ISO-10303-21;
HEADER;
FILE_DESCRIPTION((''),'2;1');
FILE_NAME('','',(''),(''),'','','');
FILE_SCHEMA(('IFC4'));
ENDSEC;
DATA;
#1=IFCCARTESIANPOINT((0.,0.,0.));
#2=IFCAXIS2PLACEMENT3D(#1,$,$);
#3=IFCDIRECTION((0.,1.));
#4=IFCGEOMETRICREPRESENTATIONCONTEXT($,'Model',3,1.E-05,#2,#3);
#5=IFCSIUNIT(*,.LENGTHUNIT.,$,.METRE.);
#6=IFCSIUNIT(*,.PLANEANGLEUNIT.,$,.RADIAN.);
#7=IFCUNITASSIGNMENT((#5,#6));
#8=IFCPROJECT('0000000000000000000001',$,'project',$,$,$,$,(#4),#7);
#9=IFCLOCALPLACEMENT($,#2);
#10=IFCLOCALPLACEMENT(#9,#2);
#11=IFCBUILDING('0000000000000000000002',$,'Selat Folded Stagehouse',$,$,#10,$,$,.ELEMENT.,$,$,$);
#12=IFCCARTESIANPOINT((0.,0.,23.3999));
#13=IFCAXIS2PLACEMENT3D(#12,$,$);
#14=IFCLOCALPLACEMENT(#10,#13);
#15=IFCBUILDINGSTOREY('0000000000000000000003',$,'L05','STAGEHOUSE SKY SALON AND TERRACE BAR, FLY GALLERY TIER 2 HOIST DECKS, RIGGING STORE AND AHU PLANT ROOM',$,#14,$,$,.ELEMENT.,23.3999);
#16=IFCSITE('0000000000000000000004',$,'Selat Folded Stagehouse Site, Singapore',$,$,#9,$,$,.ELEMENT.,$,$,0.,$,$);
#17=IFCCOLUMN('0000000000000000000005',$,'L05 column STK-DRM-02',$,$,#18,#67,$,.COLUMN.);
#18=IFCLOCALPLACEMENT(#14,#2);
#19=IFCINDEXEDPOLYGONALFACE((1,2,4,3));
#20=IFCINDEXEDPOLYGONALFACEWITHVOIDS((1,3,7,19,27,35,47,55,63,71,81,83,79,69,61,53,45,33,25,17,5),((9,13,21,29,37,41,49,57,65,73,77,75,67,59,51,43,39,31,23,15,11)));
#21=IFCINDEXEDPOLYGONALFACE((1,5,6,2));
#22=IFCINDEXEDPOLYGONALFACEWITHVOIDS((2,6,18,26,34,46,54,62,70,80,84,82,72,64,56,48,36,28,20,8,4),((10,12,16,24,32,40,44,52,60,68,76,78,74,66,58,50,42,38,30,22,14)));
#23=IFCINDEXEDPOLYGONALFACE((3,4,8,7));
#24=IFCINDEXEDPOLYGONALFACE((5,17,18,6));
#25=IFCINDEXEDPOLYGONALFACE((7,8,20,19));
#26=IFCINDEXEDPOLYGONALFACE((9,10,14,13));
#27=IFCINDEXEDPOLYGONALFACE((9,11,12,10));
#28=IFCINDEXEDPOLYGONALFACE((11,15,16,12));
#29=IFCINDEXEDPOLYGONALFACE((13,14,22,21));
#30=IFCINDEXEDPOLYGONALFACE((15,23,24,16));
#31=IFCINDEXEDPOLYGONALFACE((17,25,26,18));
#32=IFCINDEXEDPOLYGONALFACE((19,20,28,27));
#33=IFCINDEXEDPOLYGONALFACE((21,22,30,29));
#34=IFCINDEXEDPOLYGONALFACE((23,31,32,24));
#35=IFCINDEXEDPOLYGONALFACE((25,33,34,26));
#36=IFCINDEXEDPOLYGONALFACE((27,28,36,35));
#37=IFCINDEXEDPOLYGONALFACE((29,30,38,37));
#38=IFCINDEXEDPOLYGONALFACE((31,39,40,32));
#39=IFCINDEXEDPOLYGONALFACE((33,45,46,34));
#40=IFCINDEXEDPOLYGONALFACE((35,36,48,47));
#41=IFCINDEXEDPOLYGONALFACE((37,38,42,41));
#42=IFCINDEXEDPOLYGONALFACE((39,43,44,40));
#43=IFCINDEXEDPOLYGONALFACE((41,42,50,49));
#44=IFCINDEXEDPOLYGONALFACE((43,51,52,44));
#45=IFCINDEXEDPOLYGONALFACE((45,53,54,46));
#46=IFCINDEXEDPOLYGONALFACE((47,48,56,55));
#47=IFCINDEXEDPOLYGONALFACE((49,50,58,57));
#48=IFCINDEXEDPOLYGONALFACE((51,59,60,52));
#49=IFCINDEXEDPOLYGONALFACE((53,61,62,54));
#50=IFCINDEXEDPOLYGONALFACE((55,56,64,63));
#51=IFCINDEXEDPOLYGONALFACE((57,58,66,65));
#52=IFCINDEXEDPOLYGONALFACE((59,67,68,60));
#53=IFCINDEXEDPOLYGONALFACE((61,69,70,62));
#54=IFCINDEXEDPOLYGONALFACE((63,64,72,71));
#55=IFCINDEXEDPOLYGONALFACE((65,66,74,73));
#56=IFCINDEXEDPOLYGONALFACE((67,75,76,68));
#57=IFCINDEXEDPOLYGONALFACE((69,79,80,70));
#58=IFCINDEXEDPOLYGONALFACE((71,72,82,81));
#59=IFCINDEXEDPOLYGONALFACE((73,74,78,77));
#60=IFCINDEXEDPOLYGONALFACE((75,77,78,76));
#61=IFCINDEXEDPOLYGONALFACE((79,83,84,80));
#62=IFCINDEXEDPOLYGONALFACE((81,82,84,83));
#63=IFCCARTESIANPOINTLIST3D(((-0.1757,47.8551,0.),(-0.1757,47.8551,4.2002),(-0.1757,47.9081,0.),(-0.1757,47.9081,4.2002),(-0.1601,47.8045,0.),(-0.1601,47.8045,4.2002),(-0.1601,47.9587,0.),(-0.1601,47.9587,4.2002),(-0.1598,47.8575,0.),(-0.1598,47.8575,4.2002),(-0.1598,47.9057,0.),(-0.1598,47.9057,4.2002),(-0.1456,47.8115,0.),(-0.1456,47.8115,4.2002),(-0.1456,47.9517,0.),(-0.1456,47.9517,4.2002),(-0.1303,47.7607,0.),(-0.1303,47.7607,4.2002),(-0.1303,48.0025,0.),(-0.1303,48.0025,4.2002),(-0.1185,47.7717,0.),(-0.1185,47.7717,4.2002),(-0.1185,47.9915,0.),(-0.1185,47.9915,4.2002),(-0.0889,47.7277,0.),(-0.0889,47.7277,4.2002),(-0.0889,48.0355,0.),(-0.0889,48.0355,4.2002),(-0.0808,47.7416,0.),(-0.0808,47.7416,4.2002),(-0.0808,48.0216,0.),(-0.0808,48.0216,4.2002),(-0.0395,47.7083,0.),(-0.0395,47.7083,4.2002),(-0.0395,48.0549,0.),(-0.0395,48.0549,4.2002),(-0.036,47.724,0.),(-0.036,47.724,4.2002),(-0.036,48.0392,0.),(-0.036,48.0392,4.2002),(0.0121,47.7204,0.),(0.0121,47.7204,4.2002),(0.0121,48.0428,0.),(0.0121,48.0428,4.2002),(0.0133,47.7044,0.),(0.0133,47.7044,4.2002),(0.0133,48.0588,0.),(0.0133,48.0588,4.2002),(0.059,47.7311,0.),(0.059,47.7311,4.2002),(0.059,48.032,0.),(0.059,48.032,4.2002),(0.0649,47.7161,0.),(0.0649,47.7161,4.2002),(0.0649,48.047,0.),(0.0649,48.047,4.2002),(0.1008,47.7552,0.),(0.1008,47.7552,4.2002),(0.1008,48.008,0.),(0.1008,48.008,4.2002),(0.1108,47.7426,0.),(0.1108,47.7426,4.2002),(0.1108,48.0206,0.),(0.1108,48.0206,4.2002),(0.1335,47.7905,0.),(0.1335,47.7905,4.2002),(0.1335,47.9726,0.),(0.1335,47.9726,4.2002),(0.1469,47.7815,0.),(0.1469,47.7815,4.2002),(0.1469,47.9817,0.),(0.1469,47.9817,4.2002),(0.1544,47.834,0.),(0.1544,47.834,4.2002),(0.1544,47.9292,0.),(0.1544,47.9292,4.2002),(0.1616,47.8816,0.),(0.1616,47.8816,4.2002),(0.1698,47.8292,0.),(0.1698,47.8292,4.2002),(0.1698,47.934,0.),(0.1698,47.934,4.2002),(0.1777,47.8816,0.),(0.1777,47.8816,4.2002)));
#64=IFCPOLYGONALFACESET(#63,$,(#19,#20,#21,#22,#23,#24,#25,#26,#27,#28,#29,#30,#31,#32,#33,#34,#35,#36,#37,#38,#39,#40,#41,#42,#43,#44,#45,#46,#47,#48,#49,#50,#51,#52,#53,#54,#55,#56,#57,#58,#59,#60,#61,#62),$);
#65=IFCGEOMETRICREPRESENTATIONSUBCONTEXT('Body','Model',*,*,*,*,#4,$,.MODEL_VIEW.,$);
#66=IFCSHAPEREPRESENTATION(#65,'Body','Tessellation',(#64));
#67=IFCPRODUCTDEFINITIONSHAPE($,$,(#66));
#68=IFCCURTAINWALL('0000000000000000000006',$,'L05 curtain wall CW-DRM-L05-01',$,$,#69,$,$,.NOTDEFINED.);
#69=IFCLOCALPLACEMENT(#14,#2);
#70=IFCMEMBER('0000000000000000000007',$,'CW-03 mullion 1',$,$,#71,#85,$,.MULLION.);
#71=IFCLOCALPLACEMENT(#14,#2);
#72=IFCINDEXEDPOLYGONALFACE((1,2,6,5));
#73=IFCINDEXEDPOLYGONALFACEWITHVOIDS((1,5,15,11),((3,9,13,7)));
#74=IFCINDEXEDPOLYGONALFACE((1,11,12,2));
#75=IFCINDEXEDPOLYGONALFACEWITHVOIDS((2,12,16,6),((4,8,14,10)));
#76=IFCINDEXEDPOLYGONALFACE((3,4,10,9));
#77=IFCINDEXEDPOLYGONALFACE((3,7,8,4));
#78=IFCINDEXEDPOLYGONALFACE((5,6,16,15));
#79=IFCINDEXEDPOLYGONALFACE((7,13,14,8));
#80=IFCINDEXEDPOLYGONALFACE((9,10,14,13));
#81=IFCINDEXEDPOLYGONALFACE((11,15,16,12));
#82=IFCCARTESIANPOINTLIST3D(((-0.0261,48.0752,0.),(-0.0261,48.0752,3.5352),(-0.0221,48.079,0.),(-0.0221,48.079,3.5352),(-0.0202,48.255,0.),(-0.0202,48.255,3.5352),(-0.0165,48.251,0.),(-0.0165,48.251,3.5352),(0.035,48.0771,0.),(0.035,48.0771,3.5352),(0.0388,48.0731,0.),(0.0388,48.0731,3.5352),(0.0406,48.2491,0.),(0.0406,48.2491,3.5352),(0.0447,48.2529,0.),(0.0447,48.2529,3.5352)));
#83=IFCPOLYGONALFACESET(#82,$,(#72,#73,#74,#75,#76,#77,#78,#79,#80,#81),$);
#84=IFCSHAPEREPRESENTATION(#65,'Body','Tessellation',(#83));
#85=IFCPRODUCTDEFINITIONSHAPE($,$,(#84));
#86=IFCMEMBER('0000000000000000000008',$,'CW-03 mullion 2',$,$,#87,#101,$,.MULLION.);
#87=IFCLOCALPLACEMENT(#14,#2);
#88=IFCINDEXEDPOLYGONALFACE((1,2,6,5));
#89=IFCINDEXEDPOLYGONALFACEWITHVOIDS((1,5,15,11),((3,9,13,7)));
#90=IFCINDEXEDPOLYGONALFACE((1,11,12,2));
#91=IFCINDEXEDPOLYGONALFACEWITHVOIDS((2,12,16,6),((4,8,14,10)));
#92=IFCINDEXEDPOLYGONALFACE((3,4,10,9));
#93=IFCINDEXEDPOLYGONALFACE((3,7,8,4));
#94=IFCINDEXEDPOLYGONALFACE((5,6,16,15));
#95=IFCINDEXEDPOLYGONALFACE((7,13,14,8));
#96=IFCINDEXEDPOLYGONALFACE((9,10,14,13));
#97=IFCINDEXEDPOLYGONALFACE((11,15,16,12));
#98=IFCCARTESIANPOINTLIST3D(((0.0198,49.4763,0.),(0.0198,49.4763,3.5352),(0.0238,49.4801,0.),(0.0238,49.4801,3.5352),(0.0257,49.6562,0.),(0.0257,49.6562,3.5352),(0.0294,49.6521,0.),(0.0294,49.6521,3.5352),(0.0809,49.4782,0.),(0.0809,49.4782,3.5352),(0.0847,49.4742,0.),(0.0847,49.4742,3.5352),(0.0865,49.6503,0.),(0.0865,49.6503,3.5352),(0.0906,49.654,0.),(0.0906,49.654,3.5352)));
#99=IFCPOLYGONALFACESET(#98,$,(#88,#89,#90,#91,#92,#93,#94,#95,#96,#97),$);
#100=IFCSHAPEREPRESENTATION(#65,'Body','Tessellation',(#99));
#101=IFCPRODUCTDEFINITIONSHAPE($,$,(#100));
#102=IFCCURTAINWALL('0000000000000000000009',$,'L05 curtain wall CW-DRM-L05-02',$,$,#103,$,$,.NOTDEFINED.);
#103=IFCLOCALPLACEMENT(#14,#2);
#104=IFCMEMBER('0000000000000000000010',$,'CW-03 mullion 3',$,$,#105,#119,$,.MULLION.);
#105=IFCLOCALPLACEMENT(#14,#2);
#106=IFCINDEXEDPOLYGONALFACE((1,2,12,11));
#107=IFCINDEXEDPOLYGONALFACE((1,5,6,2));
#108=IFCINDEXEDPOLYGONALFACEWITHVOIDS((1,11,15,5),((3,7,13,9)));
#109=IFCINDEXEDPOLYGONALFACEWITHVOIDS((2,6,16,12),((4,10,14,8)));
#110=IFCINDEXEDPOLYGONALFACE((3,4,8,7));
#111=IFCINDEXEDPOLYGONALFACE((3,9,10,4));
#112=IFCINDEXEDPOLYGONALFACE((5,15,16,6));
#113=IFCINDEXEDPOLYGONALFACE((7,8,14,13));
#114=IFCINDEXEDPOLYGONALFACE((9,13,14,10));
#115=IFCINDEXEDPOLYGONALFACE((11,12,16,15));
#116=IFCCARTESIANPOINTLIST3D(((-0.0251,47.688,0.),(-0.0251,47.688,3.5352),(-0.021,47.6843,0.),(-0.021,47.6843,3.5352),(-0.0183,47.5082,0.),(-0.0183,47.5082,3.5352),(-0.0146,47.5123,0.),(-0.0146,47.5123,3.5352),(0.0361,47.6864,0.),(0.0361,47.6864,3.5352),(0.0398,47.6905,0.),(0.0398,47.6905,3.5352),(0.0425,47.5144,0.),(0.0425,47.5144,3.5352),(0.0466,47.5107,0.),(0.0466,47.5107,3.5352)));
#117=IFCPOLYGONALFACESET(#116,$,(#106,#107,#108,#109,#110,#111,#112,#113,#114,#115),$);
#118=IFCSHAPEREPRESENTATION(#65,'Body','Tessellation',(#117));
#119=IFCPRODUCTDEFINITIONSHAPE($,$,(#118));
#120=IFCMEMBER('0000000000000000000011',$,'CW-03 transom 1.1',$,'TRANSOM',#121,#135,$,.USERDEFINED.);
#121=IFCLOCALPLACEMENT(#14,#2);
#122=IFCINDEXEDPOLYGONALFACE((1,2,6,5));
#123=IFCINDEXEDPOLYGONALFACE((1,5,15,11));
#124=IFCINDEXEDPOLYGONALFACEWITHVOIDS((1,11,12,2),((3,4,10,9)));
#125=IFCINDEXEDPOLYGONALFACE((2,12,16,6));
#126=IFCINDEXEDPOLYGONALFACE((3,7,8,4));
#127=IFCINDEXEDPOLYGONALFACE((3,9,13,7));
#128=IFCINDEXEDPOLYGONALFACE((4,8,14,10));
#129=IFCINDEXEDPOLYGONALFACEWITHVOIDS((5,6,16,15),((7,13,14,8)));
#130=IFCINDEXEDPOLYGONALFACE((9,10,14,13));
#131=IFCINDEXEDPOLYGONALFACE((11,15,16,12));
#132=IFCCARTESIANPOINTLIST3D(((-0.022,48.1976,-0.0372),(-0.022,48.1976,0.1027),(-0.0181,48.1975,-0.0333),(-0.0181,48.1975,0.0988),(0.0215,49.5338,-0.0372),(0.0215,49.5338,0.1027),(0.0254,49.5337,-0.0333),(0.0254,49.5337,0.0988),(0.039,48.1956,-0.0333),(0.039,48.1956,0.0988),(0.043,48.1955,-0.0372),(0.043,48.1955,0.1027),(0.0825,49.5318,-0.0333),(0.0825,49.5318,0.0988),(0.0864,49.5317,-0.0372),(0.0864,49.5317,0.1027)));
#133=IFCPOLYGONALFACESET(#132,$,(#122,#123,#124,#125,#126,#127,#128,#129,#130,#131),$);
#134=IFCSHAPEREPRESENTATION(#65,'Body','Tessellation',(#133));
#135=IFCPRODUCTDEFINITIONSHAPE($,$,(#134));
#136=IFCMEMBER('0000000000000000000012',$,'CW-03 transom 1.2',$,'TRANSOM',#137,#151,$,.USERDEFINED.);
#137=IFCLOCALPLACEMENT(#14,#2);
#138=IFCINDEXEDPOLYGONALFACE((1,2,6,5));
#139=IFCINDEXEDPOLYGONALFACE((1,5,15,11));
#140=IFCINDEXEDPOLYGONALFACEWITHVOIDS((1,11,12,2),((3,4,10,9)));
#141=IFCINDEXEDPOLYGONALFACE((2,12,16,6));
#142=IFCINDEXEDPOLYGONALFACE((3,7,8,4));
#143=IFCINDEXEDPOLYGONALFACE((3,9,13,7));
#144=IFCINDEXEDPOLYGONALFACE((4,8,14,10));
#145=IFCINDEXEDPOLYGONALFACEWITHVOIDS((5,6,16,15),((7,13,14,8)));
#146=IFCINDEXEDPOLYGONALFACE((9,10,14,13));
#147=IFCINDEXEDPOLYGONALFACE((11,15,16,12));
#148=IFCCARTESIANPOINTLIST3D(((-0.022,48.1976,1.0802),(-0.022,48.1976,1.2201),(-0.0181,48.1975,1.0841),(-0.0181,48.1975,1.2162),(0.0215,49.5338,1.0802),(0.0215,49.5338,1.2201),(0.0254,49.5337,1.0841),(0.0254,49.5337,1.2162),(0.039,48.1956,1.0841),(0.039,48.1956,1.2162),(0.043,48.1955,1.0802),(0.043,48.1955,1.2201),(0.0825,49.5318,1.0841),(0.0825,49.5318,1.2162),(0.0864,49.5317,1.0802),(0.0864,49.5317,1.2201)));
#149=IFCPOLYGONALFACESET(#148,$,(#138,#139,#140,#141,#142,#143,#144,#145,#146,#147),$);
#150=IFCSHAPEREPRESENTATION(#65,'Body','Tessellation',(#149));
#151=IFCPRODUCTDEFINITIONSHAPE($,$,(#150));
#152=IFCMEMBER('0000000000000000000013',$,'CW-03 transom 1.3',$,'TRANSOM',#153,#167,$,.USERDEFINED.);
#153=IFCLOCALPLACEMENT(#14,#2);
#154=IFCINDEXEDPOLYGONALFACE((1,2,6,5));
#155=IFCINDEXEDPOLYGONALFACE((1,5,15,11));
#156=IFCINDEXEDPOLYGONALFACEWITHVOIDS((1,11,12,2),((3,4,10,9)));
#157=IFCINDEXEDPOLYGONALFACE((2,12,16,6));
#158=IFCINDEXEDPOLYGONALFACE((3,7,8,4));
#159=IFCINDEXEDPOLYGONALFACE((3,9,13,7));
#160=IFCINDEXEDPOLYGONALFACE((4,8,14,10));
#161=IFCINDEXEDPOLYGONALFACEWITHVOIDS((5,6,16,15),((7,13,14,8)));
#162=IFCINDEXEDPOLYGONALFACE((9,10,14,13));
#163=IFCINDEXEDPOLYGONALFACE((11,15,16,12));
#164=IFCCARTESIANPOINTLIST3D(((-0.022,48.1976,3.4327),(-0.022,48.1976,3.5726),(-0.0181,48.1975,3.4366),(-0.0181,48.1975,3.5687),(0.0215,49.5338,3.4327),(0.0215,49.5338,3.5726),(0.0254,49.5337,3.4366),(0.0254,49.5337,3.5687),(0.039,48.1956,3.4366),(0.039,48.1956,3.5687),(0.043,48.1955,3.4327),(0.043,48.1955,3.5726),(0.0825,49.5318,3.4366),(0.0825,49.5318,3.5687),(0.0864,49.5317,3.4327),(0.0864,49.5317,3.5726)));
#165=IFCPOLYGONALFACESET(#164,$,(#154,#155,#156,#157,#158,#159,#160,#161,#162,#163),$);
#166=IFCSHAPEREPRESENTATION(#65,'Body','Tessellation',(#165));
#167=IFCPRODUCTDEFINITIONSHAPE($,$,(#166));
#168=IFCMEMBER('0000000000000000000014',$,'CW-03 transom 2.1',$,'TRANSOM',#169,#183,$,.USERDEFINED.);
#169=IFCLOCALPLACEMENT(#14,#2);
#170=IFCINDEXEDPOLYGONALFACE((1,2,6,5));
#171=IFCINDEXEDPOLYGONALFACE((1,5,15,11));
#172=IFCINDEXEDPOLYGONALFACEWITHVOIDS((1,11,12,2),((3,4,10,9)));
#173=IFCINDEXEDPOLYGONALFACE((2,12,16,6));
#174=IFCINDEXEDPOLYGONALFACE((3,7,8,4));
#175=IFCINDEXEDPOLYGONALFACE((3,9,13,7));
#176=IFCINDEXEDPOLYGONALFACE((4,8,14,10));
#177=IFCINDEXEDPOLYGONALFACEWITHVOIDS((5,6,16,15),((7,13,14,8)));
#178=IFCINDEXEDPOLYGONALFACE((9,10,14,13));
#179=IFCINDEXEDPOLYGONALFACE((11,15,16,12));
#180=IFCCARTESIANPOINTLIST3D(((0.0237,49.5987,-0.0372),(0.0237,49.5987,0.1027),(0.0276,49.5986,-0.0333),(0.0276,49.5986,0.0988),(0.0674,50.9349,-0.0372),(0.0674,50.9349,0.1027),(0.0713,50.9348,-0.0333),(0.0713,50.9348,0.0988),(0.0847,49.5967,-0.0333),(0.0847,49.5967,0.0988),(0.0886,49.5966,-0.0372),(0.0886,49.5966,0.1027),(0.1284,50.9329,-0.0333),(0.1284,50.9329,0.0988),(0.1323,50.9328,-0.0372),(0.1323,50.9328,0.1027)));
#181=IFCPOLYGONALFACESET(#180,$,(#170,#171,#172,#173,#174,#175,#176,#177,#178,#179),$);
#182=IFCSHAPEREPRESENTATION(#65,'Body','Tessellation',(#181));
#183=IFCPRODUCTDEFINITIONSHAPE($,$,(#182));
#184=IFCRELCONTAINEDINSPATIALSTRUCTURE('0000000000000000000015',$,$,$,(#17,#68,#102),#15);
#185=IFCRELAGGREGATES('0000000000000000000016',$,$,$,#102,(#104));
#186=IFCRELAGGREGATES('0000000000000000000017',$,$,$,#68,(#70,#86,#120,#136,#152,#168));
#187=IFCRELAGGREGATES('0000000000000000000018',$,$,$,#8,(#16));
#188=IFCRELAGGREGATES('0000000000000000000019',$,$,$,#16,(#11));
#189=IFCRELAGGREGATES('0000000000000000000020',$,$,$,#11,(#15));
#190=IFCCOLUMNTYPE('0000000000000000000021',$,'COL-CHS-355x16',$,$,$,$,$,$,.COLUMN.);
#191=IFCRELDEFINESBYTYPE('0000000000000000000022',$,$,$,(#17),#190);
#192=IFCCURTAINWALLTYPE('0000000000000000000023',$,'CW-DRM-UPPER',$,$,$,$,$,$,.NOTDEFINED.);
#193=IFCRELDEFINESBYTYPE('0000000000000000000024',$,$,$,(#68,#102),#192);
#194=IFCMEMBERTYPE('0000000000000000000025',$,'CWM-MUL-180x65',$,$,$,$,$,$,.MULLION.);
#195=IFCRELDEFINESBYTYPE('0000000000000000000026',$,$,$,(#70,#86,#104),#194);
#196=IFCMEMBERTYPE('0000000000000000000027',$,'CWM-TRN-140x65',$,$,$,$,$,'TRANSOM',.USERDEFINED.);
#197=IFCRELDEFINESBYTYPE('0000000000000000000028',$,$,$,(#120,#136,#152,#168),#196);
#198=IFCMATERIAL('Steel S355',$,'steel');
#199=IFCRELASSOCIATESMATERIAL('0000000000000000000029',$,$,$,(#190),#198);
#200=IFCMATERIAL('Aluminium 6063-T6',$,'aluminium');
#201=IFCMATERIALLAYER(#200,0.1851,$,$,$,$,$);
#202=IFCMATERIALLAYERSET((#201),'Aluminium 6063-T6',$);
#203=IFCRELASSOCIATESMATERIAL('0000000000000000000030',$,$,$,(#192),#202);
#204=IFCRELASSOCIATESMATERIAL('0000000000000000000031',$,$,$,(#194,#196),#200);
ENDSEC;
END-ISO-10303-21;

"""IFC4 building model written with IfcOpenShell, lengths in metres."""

from ifc_helpers import new_model, si_unit, direction, frame, origin, origin_2d, place, context, subcontext, project, spatial, hollow_rectangle, hollow_circle, extrude, material, layer, layer_set, material_profile, profile_set, type_object, element, aggregate, save


model = new_model("IFC4")

# Units and contexts
model_context = context("Model", 3, precision=1e-05, world=origin(), true_north=direction((0.0, 1.0)))
body_context = subcontext(model_context, "Body", "Model", "MODEL_VIEW")
ifc_project = project(units=[si_unit("LENGTHUNIT", "METRE"), si_unit("PLANEANGLEUNIT", "RADIAN")], contexts=[model_context])

# Site, building, storey
site_placement = place(None, origin())
site = spatial("IfcSite", under=ifc_project, at=site_placement, Name="Selat Folded Stagehouse Site, Singapore", CompositionType="ELEMENT", RefElevation=0.0)
building_placement = place(site_placement, origin())
building = spatial("IfcBuilding", under=site, at=building_placement, Name="Selat Folded Stagehouse", CompositionType="ELEMENT")
storey_placement = place(building_placement, frame((0.0, 0.0, 23.3999)))
storey = spatial("IfcBuildingStorey", under=building, at=storey_placement, Name="L05", Description="STAGEHOUSE SKY SALON AND TERRACE BAR, FLY GALLERY TIER 2 HOIST DECKS, RIGGING STORE AND AHU PLANT ROOM", CompositionType="ELEMENT", Elevation=23.3999)

# Column
ifc_material_1 = material(Name="Steel S355", Category="steel")
ifc_material_profile_1 = material_profile(ifc_material_1, hollow_circle(Radius=0.1777, WallThickness=0.0161, at=origin_2d()), Name="CHS 355.6x16.0")
ifc_profile_set_1 = profile_set([ifc_material_profile_1], Name="Steel S355")
column_type = type_object("IfcColumnType", Name="COL-CHS-355x16", PredefinedType="COLUMN", material=ifc_profile_set_1)
column_placement = place(storey_placement, frame((0.0, 47.8816, 0.0), z_axis=(0.0, 0.0, 1.0), x_axis=(1.0, 0.0, 0.0)))
element("IfcColumn", 1, at=column_placement, inside=storey, type_object=column_type, Name="L05 column STK-DRM-02", PredefinedType="COLUMN", context=body_context, shape_type="SweptSolid", body=[
    extrude(hollow_circle(Radius=0.1777, WallThickness=0.0161, at=origin_2d()), origin(), (0.0, 0.0, 1.0), 4.2002),
])

# Curtain wall, members
ifc_material_2 = material(Name="Aluminium 6063-T6", Category="aluminium")
ifc_layer_1 = layer(ifc_material_2, 0.1851)
ifc_layer_set_1 = layer_set([ifc_layer_1], Name="Aluminium 6063-T6")
curtain_wall_type = type_object("IfcCurtainWallType", Name="CW-DRM-UPPER", PredefinedType="NOTDEFINED", material=ifc_layer_set_1)
curtain_wall_1_placement = place(storey_placement, origin())
curtain_wall_1 = element("IfcCurtainWall", 2, at=curtain_wall_1_placement, inside=storey, type_object=curtain_wall_type, Name="L05 curtain wall CW-DRM-L05-01", PredefinedType="NOTDEFINED")
ifc_material_profile_2 = material_profile(ifc_material_2, hollow_rectangle(XDim=0.0649, YDim=0.1799, WallThickness=0.0039, at=origin_2d()), Name="ALU 180x65x4.0")
ifc_profile_set_2 = profile_set([ifc_material_profile_2], Name="Aluminium 6063-T6")
member_type_1 = type_object("IfcMemberType", Name="CWM-MUL-180x65", PredefinedType="MULLION", material=ifc_profile_set_2)
member_1_placement = place(storey_placement, frame((0.0093, 48.1641, 0.0), z_axis=(0.0, 0.0, 1.0), x_axis=(-0.999468, 0.032625, 0.0)))
member_1 = element("IfcMember", 3, at=member_1_placement, type_object=member_type_1, Name="CW-03 mullion 1", PredefinedType="MULLION", context=body_context, shape_type="SweptSolid", body=[
    extrude(hollow_rectangle(XDim=0.0649, YDim=0.1799, WallThickness=0.0039, at=origin_2d()), origin(), (0.0, 0.0, 1.0), 3.5352),
])
member_2_placement = place(storey_placement, frame((0.0552, 49.5652, 0.0), z_axis=(0.0, 0.0, 1.0), x_axis=(-0.999468, 0.032625, 0.0)))
member_2 = element("IfcMember", 4, at=member_2_placement, type_object=member_type_1, Name="CW-03 mullion 2", PredefinedType="MULLION", context=body_context, shape_type="SweptSolid", body=[
    extrude(hollow_rectangle(XDim=0.0649, YDim=0.1799, WallThickness=0.0039, at=origin_2d()), origin(), (0.0, 0.0, 1.0), 3.5352),
])

# Curtain wall, member
curtain_wall_2_placement = place(storey_placement, origin())
curtain_wall_2 = element("IfcCurtainWall", 5, at=curtain_wall_2_placement, inside=storey, type_object=curtain_wall_type, Name="L05 curtain wall CW-DRM-L05-02", PredefinedType="NOTDEFINED")
member_3_placement = place(storey_placement, frame((0.0107, 47.5994, 0.0), z_axis=(0.0, 0.0, 1.0), x_axis=(-0.999294, -0.037574, 0.0)))
member_3 = element("IfcMember", 6, at=member_3_placement, type_object=member_type_1, Name="CW-03 mullion 3", PredefinedType="MULLION", context=body_context, shape_type="SweptSolid", body=[
    extrude(hollow_rectangle(XDim=0.0649, YDim=0.1799, WallThickness=0.0039, at=origin_2d()), origin(), (0.0, 0.0, 1.0), 3.5352),
])
aggregate(curtain_wall_2, [member_3])

# Members
ifc_material_profile_3 = material_profile(ifc_material_2, hollow_rectangle(XDim=0.0649, YDim=0.1399, WallThickness=0.0039, at=origin_2d()), Name="ALU 140x65x4.0")
ifc_profile_set_3 = profile_set([ifc_material_profile_3], Name="Aluminium 6063-T6")
member_type_2 = type_object("IfcMemberType", Name="CWM-TRN-140x65", ElementType="TRANSOM", PredefinedType="USERDEFINED", material=ifc_profile_set_3)
member_4_placement = place(storey_placement, frame((0.0105, 48.1965, 0.0327), z_axis=(0.032506, 0.999472, 0.0), x_axis=(-0.999472, 0.032506, 0.0)))
member_4 = element("IfcMember", 7, at=member_4_placement, type_object=member_type_2, Name="CW-03 transom 1.1", ObjectType="TRANSOM", PredefinedType="USERDEFINED", context=body_context, shape_type="SweptSolid", body=[
    extrude(hollow_rectangle(XDim=0.0649, YDim=0.1399, WallThickness=0.0039, at=origin_2d()), origin(), (0.0, 0.0, 1.0), 1.3369),
])
member_5_placement = place(storey_placement, frame((0.0105, 48.1965, 1.1501), z_axis=(0.032506, 0.999472, 0.0), x_axis=(-0.999472, 0.032506, 0.0)))
member_5 = element("IfcMember", 8, at=member_5_placement, type_object=member_type_2, Name="CW-03 transom 1.2", ObjectType="TRANSOM", PredefinedType="USERDEFINED", context=body_context, shape_type="SweptSolid", body=[
    extrude(hollow_rectangle(XDim=0.0649, YDim=0.1399, WallThickness=0.0039, at=origin_2d()), origin(), (0.0, 0.0, 1.0), 1.3369),
])
member_6_placement = place(storey_placement, frame((0.0105, 48.1965, 3.5027), z_axis=(0.032506, 0.999472, 0.0), x_axis=(-0.999472, 0.032506, 0.0)))
member_6 = element("IfcMember", 9, at=member_6_placement, type_object=member_type_2, Name="CW-03 transom 1.3", ObjectType="TRANSOM", PredefinedType="USERDEFINED", context=body_context, shape_type="SweptSolid", body=[
    extrude(hollow_rectangle(XDim=0.0649, YDim=0.1399, WallThickness=0.0039, at=origin_2d()), origin(), (0.0, 0.0, 1.0), 1.3369),
])
member_7_placement = place(storey_placement, frame((0.0562, 49.5977, 0.0327), z_axis=(0.032689, 0.999466, 0.0), x_axis=(-0.999466, 0.032689, 0.0)))
member_7 = element("IfcMember", 10, at=member_7_placement, type_object=member_type_2, Name="CW-03 transom 2.1", ObjectType="TRANSOM", PredefinedType="USERDEFINED", context=body_context, shape_type="SweptSolid", body=[
    extrude(hollow_rectangle(XDim=0.0649, YDim=0.1399, WallThickness=0.0039, at=origin_2d()), origin(), (0.0, 0.0, 1.0), 1.3369),
])

aggregate(curtain_wall_1, [member_1, member_2, member_4, member_5, member_6, member_7])

save(model, "model.ifc")
